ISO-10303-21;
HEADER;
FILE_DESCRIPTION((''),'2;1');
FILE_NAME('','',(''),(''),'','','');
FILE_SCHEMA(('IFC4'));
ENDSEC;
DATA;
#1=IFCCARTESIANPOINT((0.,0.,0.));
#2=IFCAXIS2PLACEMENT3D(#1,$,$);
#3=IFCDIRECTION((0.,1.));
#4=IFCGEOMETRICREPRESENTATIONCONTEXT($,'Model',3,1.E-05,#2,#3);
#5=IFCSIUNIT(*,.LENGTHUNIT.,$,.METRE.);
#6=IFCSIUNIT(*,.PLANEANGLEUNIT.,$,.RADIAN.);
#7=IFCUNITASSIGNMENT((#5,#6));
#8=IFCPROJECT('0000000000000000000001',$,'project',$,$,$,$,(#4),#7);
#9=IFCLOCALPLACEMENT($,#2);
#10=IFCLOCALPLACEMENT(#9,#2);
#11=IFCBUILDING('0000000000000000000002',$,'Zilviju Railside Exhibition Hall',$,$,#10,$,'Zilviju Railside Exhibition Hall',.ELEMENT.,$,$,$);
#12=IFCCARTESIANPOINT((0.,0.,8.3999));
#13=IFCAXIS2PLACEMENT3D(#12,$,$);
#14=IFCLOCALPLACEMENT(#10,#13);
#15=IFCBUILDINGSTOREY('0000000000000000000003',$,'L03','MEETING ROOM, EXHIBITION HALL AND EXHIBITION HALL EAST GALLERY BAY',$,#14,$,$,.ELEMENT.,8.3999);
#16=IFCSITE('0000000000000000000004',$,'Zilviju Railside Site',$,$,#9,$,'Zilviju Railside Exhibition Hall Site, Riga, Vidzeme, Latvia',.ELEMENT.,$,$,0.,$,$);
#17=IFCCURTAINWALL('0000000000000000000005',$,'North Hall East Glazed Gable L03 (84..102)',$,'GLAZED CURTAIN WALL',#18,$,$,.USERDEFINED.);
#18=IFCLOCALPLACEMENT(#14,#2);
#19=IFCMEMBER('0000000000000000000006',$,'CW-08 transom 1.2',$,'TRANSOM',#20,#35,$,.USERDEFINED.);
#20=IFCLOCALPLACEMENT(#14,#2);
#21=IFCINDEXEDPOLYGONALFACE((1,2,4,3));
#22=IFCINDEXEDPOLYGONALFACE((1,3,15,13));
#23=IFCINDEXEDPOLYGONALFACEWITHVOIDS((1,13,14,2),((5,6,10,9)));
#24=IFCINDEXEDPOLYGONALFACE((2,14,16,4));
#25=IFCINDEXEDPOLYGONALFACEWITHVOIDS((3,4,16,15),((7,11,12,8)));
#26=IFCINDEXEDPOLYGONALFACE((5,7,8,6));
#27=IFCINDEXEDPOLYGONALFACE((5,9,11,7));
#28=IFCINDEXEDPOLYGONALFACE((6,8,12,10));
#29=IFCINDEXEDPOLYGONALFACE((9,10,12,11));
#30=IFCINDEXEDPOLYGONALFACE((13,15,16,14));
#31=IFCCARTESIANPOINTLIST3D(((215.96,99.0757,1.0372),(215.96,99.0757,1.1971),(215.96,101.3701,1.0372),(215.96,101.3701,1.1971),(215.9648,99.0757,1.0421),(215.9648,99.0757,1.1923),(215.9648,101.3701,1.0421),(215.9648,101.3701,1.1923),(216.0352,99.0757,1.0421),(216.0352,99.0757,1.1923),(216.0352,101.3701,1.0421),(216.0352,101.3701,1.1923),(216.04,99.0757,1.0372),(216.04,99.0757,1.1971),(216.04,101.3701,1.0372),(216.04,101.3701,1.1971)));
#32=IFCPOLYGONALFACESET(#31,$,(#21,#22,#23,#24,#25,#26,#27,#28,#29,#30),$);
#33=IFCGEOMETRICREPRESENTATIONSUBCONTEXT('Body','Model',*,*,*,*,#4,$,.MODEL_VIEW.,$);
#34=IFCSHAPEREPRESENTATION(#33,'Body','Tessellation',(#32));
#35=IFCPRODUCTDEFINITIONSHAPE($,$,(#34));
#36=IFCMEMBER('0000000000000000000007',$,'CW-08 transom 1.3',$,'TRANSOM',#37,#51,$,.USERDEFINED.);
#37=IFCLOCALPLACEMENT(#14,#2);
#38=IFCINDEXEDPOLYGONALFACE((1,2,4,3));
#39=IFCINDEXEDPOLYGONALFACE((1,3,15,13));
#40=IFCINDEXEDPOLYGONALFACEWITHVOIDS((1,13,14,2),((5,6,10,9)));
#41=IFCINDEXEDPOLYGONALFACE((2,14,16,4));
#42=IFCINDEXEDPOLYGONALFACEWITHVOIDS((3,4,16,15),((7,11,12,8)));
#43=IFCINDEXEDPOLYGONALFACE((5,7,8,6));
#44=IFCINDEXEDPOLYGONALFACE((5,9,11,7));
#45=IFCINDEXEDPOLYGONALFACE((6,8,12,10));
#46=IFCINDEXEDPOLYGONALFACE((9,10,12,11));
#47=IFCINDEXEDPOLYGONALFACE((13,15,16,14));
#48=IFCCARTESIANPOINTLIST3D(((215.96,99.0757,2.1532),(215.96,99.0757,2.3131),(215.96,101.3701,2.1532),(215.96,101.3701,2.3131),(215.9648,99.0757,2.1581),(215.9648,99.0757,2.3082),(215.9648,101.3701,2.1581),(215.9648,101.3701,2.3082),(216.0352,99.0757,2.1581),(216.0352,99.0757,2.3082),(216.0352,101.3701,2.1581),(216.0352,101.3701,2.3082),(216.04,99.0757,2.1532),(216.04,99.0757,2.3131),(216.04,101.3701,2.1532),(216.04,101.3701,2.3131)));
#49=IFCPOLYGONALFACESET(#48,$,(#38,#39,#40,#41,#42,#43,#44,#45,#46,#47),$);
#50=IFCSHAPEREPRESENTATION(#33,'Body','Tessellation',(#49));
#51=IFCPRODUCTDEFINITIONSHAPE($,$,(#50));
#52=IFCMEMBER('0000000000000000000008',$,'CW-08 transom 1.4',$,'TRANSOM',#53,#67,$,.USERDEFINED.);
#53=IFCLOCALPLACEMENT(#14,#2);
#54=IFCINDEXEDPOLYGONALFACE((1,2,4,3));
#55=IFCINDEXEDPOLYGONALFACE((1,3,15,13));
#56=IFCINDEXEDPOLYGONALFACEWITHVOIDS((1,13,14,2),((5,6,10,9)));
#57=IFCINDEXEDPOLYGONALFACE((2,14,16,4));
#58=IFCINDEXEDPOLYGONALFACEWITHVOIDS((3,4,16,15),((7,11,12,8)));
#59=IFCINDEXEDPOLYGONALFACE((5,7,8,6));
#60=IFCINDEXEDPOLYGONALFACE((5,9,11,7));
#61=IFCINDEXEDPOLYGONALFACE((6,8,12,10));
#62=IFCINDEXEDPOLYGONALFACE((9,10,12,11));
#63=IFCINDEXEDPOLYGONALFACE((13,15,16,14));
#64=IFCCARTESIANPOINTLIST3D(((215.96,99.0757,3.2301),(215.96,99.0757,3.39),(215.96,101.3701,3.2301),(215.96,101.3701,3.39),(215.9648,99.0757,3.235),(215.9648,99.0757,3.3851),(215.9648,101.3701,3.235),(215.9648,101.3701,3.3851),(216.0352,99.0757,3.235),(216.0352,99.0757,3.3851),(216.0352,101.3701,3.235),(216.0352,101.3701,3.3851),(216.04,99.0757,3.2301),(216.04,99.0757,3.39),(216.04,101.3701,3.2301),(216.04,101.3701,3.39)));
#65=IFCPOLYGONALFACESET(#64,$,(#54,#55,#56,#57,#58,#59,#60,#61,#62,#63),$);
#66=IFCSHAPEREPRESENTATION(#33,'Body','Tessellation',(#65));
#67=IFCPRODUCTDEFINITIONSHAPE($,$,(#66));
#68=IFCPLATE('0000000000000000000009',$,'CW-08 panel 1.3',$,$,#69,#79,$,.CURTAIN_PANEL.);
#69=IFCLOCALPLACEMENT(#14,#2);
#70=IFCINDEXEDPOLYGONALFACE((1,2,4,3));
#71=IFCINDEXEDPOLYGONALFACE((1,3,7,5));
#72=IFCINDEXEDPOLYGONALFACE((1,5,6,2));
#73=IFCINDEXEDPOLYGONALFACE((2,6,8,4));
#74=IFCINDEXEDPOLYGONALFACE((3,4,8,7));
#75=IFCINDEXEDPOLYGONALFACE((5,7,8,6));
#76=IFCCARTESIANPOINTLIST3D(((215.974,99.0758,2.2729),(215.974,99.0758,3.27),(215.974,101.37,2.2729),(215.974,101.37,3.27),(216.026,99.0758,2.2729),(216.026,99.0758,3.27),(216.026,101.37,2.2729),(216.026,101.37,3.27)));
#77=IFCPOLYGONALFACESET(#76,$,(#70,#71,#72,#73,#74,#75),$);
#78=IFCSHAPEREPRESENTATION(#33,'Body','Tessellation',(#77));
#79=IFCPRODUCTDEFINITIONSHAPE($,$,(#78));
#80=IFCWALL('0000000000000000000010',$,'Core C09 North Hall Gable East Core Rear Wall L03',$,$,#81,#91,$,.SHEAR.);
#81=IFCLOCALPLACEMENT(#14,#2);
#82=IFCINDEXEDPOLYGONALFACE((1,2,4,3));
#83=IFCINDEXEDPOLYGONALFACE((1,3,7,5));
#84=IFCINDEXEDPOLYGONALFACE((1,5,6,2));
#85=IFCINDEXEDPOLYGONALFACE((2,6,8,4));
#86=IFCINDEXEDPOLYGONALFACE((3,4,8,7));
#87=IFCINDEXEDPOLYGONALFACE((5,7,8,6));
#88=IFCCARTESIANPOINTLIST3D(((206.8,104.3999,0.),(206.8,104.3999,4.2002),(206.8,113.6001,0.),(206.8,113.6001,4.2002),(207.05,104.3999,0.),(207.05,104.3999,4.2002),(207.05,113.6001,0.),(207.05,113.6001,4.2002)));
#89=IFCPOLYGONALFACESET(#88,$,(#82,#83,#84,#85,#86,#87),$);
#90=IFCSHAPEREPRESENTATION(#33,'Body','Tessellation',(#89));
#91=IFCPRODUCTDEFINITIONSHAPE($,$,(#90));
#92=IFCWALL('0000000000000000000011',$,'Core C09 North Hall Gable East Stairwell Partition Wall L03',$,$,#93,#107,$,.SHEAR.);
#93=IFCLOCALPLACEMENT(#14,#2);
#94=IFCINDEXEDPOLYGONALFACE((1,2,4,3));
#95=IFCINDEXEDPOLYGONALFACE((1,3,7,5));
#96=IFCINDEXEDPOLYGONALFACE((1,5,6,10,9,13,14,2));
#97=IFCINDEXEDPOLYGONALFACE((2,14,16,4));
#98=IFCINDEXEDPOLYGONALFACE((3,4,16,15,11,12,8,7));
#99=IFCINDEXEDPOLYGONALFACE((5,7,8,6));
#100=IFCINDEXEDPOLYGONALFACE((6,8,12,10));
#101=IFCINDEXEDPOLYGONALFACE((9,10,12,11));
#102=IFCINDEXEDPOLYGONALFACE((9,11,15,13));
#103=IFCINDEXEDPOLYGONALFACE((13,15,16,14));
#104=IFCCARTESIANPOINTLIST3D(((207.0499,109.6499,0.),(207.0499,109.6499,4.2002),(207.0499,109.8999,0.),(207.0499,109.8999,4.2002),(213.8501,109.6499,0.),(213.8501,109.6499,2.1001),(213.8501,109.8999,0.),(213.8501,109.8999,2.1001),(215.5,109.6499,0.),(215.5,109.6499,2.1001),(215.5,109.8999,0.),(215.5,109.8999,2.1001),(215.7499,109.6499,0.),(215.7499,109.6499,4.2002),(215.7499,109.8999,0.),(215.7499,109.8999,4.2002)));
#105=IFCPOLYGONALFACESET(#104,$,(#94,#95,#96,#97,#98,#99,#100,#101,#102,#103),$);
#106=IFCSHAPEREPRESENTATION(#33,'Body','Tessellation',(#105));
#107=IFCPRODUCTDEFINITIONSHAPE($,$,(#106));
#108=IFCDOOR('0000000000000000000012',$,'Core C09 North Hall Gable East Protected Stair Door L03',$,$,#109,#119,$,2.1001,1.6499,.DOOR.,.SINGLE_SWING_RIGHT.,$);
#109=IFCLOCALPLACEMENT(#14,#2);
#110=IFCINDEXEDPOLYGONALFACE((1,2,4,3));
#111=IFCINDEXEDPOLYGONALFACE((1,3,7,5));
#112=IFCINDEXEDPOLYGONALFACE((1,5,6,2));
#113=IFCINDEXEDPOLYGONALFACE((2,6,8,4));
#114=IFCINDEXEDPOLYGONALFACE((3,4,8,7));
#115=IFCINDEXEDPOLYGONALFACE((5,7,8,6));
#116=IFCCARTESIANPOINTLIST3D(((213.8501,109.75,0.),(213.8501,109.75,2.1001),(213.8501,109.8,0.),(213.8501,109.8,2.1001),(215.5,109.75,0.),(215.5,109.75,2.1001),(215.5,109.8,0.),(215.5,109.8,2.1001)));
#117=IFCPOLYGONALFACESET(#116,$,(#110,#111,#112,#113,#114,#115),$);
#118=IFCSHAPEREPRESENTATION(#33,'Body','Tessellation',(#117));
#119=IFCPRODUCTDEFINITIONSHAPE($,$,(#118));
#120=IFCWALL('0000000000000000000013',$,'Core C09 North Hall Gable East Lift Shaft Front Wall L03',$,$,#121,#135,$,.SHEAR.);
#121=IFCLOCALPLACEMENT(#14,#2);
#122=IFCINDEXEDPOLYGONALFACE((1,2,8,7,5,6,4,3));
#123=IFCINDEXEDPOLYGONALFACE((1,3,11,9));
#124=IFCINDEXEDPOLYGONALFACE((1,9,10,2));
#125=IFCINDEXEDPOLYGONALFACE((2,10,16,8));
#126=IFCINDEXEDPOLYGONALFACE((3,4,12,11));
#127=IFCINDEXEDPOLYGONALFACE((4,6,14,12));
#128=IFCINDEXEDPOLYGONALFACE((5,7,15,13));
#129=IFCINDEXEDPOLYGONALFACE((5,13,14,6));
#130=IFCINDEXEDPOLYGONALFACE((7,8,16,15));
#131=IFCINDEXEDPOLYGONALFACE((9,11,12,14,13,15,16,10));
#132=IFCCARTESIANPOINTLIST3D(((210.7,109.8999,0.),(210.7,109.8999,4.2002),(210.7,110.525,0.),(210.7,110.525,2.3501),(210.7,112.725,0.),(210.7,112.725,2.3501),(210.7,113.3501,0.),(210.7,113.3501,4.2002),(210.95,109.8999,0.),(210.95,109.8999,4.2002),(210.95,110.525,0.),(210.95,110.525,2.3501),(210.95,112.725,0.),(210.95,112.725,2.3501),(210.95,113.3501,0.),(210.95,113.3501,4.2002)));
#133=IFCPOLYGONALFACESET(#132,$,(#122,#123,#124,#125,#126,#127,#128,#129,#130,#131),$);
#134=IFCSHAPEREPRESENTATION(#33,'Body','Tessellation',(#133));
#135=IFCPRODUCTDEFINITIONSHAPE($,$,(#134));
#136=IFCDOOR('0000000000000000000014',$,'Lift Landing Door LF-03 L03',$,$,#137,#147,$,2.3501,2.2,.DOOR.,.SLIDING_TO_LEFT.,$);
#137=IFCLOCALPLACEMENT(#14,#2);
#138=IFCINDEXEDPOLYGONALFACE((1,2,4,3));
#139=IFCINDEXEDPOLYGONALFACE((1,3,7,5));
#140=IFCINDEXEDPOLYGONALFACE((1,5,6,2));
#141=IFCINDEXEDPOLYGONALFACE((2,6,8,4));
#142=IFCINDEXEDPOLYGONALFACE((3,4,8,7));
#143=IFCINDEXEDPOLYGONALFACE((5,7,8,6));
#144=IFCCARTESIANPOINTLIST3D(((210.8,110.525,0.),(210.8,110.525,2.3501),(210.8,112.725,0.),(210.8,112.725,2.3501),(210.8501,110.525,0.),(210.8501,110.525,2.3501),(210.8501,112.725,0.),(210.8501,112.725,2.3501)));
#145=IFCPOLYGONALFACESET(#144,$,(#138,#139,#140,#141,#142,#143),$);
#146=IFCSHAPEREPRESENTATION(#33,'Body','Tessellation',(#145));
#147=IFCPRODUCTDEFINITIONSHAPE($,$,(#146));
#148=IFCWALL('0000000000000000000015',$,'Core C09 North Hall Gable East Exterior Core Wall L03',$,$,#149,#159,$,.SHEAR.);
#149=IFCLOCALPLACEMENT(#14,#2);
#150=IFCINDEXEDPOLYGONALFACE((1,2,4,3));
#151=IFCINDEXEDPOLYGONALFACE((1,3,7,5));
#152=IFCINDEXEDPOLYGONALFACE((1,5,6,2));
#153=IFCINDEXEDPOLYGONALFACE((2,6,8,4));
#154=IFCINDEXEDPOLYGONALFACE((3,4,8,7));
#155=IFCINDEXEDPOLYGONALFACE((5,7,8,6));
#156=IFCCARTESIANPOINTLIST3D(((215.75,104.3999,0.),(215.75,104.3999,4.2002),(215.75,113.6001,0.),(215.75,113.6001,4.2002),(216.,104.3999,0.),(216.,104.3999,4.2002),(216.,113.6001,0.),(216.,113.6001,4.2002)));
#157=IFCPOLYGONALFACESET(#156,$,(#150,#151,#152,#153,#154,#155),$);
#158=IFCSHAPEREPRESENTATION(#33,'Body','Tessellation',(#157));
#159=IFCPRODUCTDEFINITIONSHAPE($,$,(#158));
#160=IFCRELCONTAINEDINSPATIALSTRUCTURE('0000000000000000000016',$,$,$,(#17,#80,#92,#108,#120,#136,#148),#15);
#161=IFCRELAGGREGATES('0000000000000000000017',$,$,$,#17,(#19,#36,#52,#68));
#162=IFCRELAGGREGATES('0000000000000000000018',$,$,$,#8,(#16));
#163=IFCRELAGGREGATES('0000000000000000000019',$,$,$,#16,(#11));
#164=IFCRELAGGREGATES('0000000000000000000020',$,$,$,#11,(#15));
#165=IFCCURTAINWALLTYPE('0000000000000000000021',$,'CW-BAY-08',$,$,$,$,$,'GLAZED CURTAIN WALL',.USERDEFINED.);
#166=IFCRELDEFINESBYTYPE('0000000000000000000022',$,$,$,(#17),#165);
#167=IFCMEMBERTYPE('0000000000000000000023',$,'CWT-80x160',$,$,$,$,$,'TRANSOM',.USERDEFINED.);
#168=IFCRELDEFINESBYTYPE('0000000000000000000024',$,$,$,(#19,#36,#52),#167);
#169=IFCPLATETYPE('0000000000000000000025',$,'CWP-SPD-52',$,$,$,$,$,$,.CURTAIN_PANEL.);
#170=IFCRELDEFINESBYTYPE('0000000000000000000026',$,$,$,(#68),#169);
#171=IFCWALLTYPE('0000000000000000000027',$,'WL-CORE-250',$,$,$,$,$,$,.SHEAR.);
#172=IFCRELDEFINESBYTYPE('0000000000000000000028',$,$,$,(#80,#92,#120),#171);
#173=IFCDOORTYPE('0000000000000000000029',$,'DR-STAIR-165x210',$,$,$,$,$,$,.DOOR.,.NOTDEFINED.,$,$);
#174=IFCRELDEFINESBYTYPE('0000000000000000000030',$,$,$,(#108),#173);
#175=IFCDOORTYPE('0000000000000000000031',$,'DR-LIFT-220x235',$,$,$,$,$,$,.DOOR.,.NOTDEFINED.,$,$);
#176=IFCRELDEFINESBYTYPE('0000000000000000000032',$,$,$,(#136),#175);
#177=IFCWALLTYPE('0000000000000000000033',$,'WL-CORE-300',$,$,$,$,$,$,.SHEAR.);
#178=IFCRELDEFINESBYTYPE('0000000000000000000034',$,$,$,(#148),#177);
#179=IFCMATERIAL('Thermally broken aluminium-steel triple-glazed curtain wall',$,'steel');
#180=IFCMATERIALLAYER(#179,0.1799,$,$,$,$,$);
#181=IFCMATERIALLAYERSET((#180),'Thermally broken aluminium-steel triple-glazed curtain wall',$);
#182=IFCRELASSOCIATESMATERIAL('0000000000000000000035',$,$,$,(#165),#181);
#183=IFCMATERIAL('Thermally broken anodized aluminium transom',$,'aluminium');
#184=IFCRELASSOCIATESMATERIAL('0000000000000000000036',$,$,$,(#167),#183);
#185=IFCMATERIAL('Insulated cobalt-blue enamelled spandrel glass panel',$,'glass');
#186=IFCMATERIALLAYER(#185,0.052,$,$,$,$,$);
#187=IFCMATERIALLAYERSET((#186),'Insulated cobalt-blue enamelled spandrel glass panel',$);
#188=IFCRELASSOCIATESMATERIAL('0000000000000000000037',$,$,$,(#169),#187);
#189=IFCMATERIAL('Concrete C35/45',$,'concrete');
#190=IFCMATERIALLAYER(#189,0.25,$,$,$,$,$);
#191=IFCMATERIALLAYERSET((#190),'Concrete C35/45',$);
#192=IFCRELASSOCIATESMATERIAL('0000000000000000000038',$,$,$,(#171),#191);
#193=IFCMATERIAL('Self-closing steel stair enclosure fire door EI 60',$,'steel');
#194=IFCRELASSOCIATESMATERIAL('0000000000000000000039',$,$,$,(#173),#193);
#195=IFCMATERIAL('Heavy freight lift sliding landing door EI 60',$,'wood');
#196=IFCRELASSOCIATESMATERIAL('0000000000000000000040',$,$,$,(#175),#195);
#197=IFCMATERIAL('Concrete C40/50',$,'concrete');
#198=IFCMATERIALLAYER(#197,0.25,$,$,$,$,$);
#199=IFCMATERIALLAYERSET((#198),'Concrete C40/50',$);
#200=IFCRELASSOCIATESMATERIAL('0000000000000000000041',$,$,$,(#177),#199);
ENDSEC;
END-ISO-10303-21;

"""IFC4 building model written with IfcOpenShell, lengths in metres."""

from ifc_helpers import new_model, si_unit, direction, frame, frame_2d, origin, origin_2d, place, context, subcontext, project, spatial, rectangle, hollow_rectangle, extrude, material, layer, layer_set, material_profile, profile_set, type_object, element, fill, aggregate, save


model = new_model("IFC4")

# Units and contexts
model_context = context("Model", 3, precision=1e-05, world=origin(), true_north=direction((0.0, 1.0)))
body_context = subcontext(model_context, "Body", "Model", "MODEL_VIEW")
ifc_project = project(units=[si_unit("LENGTHUNIT", "METRE"), si_unit("PLANEANGLEUNIT", "RADIAN")], contexts=[model_context])

# Site, building, storey
site_placement = place(None, origin())
site = spatial("IfcSite", under=ifc_project, at=site_placement, Name="Zilviju Railside Site", LongName="Zilviju Railside Exhibition Hall Site, Riga, Vidzeme, Latvia", CompositionType="ELEMENT", RefElevation=0.0)
building_placement = place(site_placement, origin())
building = spatial("IfcBuilding", under=site, at=building_placement, Name="Zilviju Railside Exhibition Hall", LongName="Zilviju Railside Exhibition Hall", CompositionType="ELEMENT")
storey_placement = place(building_placement, frame((0.0, 0.0, 8.3999)))
storey = spatial("IfcBuildingStorey", under=building, at=storey_placement, Name="L03", Description="MEETING ROOM, EXHIBITION HALL AND EXHIBITION HALL EAST GALLERY BAY", CompositionType="ELEMENT", Elevation=8.3999)

# Curtain wall, members, plate
ifc_material_1 = material(Name="Thermally broken aluminium-steel triple-glazed curtain wall", Category="steel")
ifc_layer_1 = layer(ifc_material_1, 0.1799)
ifc_layer_set_1 = layer_set([ifc_layer_1], Name="Thermally broken aluminium-steel triple-glazed curtain wall")
curtain_wall_type = type_object("IfcCurtainWallType", Name="CW-BAY-08", ElementType="GLAZED CURTAIN WALL", PredefinedType="USERDEFINED", material=ifc_layer_set_1)
curtain_wall_placement = place(storey_placement, origin())
curtain_wall = element("IfcCurtainWall", 1, at=curtain_wall_placement, inside=storey, type_object=curtain_wall_type, Name="North Hall East Glazed Gable L03 (84..102)", ObjectType="GLAZED CURTAIN WALL", PredefinedType="USERDEFINED")
ifc_material_2 = material(Name="Thermally broken anodized aluminium transom", Category="aluminium")
ifc_material_profile_1 = material_profile(ifc_material_2, hollow_rectangle(XDim=0.0801, YDim=0.1599, WallThickness=0.0049, at=origin_2d()), Name="TRANSOM 160x80x5")
ifc_profile_set_1 = profile_set([ifc_material_profile_1], Name="Thermally broken anodized aluminium transom")
member_type = type_object("IfcMemberType", Name="CWT-80x160", ElementType="TRANSOM", PredefinedType="USERDEFINED", material=ifc_profile_set_1)
member_1_placement = place(storey_placement, frame((216.0, 101.3701, 1.1172), z_axis=(0.0, -1.0, 0.0), x_axis=(1.0, 0.0, 0.0)))
member_1 = element("IfcMember", 2, at=member_1_placement, type_object=member_type, Name="CW-08 transom 1.2", ObjectType="TRANSOM", PredefinedType="USERDEFINED", context=body_context, shape_type="SweptSolid", body=[
    extrude(hollow_rectangle(XDim=0.0801, YDim=0.1599, WallThickness=0.0049, at=origin_2d()), origin(), (0.0, 0.0, 1.0), 2.2944),
])
member_2_placement = place(storey_placement, frame((216.0, 101.3701, 2.2332), z_axis=(0.0, -1.0, 0.0), x_axis=(1.0, 0.0, 0.0)))
member_2 = element("IfcMember", 3, at=member_2_placement, type_object=member_type, Name="CW-08 transom 1.3", ObjectType="TRANSOM", PredefinedType="USERDEFINED", context=body_context, shape_type="SweptSolid", body=[
    extrude(hollow_rectangle(XDim=0.0801, YDim=0.1599, WallThickness=0.0049, at=origin_2d()), origin(), (0.0, 0.0, 1.0), 2.2944),
])
member_3_placement = place(storey_placement, frame((216.0, 101.3701, 3.3101), z_axis=(0.0, -1.0, 0.0), x_axis=(1.0, 0.0, 0.0)))
member_3 = element("IfcMember", 4, at=member_3_placement, type_object=member_type, Name="CW-08 transom 1.4", ObjectType="TRANSOM", PredefinedType="USERDEFINED", context=body_context, shape_type="SweptSolid", body=[
    extrude(hollow_rectangle(XDim=0.0801, YDim=0.1599, WallThickness=0.0049, at=origin_2d()), origin(), (0.0, 0.0, 1.0), 2.2944),
])
ifc_material_3 = material(Name="Insulated cobalt-blue enamelled spandrel glass panel", Category="glass")
ifc_layer_2 = layer(ifc_material_3, 0.052)
ifc_layer_set_2 = layer_set([ifc_layer_2], Name="Insulated cobalt-blue enamelled spandrel glass panel")
plate_type = type_object("IfcPlateType", Name="CWP-SPD-52", PredefinedType="CURTAIN_PANEL", material=ifc_layer_set_2)
plate_placement = place(storey_placement, frame((216.0, 100.2229, 2.2729), z_axis=(0.0, 0.0, 1.0), x_axis=(0.0, -1.0, 0.0)))
plate = element("IfcPlate", 5, at=plate_placement, type_object=plate_type, Name="CW-08 panel 1.3", PredefinedType="CURTAIN_PANEL", context=body_context, shape_type="SweptSolid", body=[
    extrude(rectangle(XDim=2.2942, YDim=0.052, at=origin_2d()), origin(), (0.0, 0.0, 1.0), 0.9971),
])
aggregate(curtain_wall, [member_1, member_2, member_3, plate])

# Wall
ifc_material_4 = material(Name="Concrete C35/45", Category="concrete")
ifc_layer_3 = layer(ifc_material_4, 0.25)
ifc_layer_set_3 = layer_set([ifc_layer_3], Name="Concrete C35/45")
wall_type_1 = type_object("IfcWallType", Name="WL-CORE-250", PredefinedType="SHEAR", material=ifc_layer_set_3)
wall_1_placement = place(storey_placement, frame((206.925, 104.3999, 0.0), z_axis=(0.0, 0.0, 1.0), x_axis=(0.0, 1.0, 0.0)))
element("IfcWall", 6, at=wall_1_placement, inside=storey, type_object=wall_type_1, Name="Core C09 North Hall Gable East Core Rear Wall L03", PredefinedType="SHEAR", context=body_context, shape_type="SweptSolid", body=[
    extrude(rectangle(XDim=9.2002, YDim=0.25, at=frame_2d((4.6001, 0.0))), origin(), (0.0, 0.0, 1.0), 4.2002),
])

# Walls, openings, doors
wall_2_placement = place(storey_placement, frame((215.75, 109.7749, 0.0), z_axis=(0.0, 0.0, 1.0), x_axis=(-1.0, 0.0, 0.0)))
wall_2 = element("IfcWall", 7, at=wall_2_placement, inside=storey, type_object=wall_type_1, Name="Core C09 North Hall Gable East Stairwell Partition Wall L03", PredefinedType="SHEAR", context=body_context, shape_type="SweptSolid", body=[
    extrude(rectangle(XDim=8.7, YDim=0.25, at=frame_2d((4.3501, 0.0))), origin(), (0.0, 0.0, 1.0), 4.2002),
])
opening_1_placement = place(wall_2_placement, frame((0.25, 0.0, 0.0)))
opening_1 = element("IfcOpeningElement", 8, at=opening_1_placement, cuts=wall_2, PredefinedType="OPENING", context=body_context, shape_type="SweptSolid", body=[
    extrude(rectangle(XDim=1.6499, YDim=2.1001, at=frame_2d((0.825, 1.05))), frame((0.0, 0.135, 0.0), z_axis=(0.0, -1.0, 0.0), x_axis=(1.0, 0.0, 0.0)), (0.0, 0.0, 1.0), 0.27),
])
ifc_material_5 = material(Name="Self-closing steel stair enclosure fire door EI 60", Category="steel")
door_type_1 = type_object("IfcDoorType", Name="DR-STAIR-165x210", OperationType="NOTDEFINED", PredefinedType="DOOR", material=ifc_material_5)
door_1_placement = place(opening_1_placement, origin())
door_1 = element("IfcDoor", 9, at=door_1_placement, inside=storey, type_object=door_type_1, Name="Core C09 North Hall Gable East Protected Stair Door L03", OperationType="SINGLE_SWING_RIGHT", OverallHeight=2.1001, OverallWidth=1.6499, PredefinedType="DOOR", context=body_context, shape_type="SweptSolid", body=[
    extrude(rectangle(XDim=1.6499, YDim=2.1001, at=frame_2d((0.825, 1.05))), frame((0.0, 0.0249, 0.0), z_axis=(0.0, -1.0, 0.0), x_axis=(1.0, 0.0, 0.0)), (0.0, 0.0, 1.0), 0.05),
])
fill(opening_1, door_1)
wall_3_placement = place(storey_placement, frame((210.825, 109.8999, 0.0), z_axis=(0.0, 0.0, 1.0), x_axis=(0.0, 1.0, 0.0)))
wall_3 = element("IfcWall", 10, at=wall_3_placement, inside=storey, type_object=wall_type_1, Name="Core C09 North Hall Gable East Lift Shaft Front Wall L03", PredefinedType="SHEAR", context=body_context, shape_type="SweptSolid", body=[
    extrude(rectangle(XDim=3.4502, YDim=0.25, at=frame_2d((1.7251, 0.0))), origin(), (0.0, 0.0, 1.0), 4.2002),
])
opening_2_placement = place(wall_3_placement, frame((0.625, 0.0, 0.0)))
opening_2 = element("IfcOpeningElement", 11, at=opening_2_placement, cuts=wall_3, PredefinedType="OPENING", context=body_context, shape_type="SweptSolid", body=[
    extrude(rectangle(XDim=2.2, YDim=2.3501, at=frame_2d((1.1001, 1.175))), frame((0.0, 0.135, 0.0), z_axis=(0.0, -1.0, 0.0), x_axis=(1.0, 0.0, 0.0)), (0.0, 0.0, 1.0), 0.27),
])
ifc_material_6 = material(Name="Heavy freight lift sliding landing door EI 60", Category="wood")
door_type_2 = type_object("IfcDoorType", Name="DR-LIFT-220x235", OperationType="NOTDEFINED", PredefinedType="DOOR", material=ifc_material_6)
door_2_placement = place(opening_2_placement, origin())
door_2 = element("IfcDoor", 12, at=door_2_placement, inside=storey, type_object=door_type_2, Name="Lift Landing Door LF-03 L03", OperationType="SLIDING_TO_LEFT", OverallHeight=2.3501, OverallWidth=2.2, PredefinedType="DOOR", context=body_context, shape_type="SweptSolid", body=[
    extrude(rectangle(XDim=2.2, YDim=2.3501, at=frame_2d((1.1001, 1.175))), frame((0.0, 0.0249, 0.0), z_axis=(0.0, -1.0, 0.0), x_axis=(1.0, 0.0, 0.0)), (0.0, 0.0, 1.0), 0.05),
])
fill(opening_2, door_2)

# Wall
ifc_material_7 = material(Name="Concrete C40/50", Category="concrete")
ifc_layer_4 = layer(ifc_material_7, 0.25)
ifc_layer_set_4 = layer_set([ifc_layer_4], Name="Concrete C40/50")
wall_type_2 = type_object("IfcWallType", Name="WL-CORE-300", PredefinedType="SHEAR", material=ifc_layer_set_4)
wall_4_placement = place(storey_placement, frame((215.875, 113.6001, 0.0), z_axis=(0.0, 0.0, 1.0), x_axis=(0.0, -1.0, 0.0)))
element("IfcWall", 13, at=wall_4_placement, inside=storey, type_object=wall_type_2, Name="Core C09 North Hall Gable East Exterior Core Wall L03", PredefinedType="SHEAR", context=body_context, shape_type="SweptSolid", body=[
    extrude(rectangle(XDim=9.2002, YDim=0.25, at=frame_2d((4.6001, 0.0))), origin(), (0.0, 0.0, 1.0), 4.2002),
])

save(model, "model.ifc")
